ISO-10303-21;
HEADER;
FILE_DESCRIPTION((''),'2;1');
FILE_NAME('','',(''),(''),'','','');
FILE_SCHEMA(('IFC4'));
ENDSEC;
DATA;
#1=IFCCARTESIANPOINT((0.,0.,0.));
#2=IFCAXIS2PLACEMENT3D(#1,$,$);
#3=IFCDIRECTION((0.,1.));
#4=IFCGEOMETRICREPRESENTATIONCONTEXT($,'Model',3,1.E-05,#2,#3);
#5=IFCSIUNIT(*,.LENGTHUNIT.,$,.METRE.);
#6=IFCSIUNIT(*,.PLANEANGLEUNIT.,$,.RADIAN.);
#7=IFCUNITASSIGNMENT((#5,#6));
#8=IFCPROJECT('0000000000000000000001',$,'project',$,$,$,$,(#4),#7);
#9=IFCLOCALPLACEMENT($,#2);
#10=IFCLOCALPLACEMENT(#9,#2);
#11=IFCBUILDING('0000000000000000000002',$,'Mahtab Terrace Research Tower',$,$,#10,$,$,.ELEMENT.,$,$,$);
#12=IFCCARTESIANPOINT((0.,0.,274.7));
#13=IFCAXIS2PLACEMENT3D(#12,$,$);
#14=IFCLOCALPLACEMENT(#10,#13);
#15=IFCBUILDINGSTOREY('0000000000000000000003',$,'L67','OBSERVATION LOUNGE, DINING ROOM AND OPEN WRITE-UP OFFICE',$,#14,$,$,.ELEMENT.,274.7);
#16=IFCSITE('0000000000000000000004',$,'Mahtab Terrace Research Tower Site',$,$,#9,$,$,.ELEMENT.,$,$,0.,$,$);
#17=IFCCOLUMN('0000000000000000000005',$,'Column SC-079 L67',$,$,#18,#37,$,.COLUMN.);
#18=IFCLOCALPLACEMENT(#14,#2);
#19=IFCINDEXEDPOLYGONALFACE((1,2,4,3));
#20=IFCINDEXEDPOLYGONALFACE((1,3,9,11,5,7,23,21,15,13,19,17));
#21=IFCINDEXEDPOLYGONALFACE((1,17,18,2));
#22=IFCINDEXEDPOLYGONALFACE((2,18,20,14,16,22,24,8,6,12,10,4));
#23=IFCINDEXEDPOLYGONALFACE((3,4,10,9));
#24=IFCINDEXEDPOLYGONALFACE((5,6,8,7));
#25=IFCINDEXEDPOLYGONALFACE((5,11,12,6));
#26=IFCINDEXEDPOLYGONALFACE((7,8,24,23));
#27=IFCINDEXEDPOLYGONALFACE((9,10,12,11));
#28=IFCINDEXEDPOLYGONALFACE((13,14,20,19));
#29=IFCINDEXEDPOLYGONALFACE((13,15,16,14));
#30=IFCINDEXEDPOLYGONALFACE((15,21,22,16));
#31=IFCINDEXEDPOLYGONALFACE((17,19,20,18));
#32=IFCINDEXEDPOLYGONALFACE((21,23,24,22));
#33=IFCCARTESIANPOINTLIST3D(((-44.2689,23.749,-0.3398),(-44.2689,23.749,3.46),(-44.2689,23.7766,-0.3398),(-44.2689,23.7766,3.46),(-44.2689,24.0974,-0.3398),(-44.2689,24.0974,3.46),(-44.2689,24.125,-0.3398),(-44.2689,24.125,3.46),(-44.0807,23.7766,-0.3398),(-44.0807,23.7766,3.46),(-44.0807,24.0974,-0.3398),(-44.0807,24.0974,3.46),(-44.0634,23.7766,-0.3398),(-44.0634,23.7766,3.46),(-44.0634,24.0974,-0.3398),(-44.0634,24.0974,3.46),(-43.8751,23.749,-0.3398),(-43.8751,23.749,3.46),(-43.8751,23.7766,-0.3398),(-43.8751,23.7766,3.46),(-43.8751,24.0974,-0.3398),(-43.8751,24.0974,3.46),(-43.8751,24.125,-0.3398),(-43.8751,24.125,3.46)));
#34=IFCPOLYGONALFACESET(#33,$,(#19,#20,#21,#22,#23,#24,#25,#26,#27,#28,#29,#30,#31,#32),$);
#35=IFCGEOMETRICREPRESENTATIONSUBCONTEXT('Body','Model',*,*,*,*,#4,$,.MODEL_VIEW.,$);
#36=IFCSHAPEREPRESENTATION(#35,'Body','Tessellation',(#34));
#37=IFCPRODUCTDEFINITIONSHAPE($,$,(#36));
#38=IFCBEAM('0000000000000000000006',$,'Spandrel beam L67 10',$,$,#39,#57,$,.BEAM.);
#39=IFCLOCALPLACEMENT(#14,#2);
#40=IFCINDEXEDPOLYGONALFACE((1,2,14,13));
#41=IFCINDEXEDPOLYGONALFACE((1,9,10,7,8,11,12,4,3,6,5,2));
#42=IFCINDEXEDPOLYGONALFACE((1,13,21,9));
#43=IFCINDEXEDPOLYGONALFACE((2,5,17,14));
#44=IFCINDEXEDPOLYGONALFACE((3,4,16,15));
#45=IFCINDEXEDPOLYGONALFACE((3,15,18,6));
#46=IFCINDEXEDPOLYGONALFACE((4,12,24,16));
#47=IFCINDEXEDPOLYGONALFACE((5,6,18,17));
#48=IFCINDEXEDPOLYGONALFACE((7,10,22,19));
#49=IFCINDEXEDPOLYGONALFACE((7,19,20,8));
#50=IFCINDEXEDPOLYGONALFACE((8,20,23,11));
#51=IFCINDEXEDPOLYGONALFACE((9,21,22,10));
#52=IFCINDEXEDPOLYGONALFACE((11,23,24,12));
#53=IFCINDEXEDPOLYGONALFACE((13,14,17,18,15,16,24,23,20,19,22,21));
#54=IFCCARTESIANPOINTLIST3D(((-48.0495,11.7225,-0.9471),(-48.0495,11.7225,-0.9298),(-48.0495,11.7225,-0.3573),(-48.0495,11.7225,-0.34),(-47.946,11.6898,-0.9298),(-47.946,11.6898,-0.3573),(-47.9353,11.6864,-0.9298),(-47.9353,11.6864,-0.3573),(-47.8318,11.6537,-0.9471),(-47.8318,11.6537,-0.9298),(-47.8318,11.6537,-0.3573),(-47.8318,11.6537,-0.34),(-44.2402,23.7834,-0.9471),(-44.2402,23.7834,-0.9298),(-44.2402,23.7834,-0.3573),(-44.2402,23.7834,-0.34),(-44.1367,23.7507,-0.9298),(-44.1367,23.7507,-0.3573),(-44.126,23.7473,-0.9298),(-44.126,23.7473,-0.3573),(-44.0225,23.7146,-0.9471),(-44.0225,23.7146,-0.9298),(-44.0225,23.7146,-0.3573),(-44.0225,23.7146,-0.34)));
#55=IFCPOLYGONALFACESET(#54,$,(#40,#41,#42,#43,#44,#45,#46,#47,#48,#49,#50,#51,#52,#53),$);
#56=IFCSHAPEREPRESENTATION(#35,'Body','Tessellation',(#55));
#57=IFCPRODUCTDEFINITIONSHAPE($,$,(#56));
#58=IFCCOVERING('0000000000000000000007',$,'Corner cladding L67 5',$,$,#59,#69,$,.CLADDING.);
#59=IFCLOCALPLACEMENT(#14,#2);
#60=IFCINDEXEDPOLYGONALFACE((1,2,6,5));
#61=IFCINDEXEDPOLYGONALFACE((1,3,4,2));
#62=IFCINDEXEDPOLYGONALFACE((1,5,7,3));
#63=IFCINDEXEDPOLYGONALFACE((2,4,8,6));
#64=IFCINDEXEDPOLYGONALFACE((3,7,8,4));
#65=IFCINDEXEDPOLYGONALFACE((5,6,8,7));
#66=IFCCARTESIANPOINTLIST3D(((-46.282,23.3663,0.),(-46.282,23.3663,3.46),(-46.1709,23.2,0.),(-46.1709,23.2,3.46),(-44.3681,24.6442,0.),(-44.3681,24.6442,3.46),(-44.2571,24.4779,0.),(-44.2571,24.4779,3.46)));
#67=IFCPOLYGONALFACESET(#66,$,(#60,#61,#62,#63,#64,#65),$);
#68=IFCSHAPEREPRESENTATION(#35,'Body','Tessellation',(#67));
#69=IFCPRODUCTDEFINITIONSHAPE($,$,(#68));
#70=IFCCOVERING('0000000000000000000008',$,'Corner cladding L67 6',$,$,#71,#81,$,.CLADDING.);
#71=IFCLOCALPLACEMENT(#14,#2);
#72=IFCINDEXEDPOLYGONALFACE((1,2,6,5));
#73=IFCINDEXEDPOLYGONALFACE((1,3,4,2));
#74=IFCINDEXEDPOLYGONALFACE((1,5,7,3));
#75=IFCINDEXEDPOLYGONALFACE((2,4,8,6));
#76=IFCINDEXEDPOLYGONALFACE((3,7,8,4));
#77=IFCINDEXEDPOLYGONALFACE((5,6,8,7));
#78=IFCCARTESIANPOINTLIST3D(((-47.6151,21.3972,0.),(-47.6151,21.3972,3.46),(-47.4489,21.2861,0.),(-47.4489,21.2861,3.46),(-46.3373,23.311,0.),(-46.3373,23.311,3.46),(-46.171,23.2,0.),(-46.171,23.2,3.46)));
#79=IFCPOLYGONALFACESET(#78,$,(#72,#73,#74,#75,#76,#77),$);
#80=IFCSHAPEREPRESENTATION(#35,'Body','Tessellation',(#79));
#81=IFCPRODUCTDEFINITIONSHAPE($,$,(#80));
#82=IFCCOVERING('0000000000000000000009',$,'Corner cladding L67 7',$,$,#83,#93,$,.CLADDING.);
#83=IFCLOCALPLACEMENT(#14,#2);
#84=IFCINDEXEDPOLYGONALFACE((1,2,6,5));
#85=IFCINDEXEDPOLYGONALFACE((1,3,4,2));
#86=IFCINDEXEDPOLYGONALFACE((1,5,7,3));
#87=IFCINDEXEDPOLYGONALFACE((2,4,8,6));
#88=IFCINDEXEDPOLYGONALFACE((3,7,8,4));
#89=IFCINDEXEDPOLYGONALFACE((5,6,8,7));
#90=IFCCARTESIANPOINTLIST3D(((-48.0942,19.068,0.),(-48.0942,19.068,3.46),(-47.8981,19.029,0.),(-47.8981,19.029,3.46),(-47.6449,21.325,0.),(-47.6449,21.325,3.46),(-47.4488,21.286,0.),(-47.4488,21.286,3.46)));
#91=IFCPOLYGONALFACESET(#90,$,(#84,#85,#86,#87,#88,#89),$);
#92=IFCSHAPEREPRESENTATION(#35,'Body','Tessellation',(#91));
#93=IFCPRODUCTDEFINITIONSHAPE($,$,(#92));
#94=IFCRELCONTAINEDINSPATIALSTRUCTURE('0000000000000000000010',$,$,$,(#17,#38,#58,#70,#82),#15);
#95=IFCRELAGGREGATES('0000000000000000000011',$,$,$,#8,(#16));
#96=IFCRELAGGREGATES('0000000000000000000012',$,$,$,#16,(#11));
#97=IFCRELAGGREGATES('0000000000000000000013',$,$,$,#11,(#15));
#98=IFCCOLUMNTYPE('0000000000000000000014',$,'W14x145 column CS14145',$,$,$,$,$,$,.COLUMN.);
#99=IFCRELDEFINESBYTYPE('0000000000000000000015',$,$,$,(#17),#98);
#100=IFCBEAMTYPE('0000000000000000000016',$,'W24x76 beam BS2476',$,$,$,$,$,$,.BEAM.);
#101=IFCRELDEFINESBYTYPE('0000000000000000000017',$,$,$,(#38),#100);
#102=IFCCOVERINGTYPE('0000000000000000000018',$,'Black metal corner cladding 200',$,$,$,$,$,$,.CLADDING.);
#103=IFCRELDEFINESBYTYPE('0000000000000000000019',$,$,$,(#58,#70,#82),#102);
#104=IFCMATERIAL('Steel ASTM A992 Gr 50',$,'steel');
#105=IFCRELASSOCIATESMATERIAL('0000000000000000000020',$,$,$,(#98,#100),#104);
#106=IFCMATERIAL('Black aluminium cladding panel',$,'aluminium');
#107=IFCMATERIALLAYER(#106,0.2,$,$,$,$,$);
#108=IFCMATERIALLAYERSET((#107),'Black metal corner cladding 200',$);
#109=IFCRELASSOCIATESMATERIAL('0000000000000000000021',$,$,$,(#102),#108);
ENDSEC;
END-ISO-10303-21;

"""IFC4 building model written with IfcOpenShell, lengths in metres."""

from ifc_helpers import new_model, si_unit, direction, frame, origin, origin_2d, place, context, subcontext, project, spatial, rectangle, i_section, extrude, material, layer, layer_set, material_profile, profile_set, type_object, element, save


model = new_model("IFC4")

# Units and contexts
model_context = context("Model", 3, precision=1e-05, world=origin(), true_north=direction((0.0, 1.0)))
body_context = subcontext(model_context, "Body", "Model", "MODEL_VIEW")
ifc_project = project(units=[si_unit("LENGTHUNIT", "METRE"), si_unit("PLANEANGLEUNIT", "RADIAN")], contexts=[model_context])

# Site, building, storey
site_placement = place(None, origin())
site = spatial("IfcSite", under=ifc_project, at=site_placement, Name="Mahtab Terrace Research Tower Site", CompositionType="ELEMENT", RefElevation=0.0)
building_placement = place(site_placement, origin())
building = spatial("IfcBuilding", under=site, at=building_placement, Name="Mahtab Terrace Research Tower", CompositionType="ELEMENT")
storey_placement = place(building_placement, frame((0.0, 0.0, 274.7)))
storey = spatial("IfcBuildingStorey", under=building, at=storey_placement, Name="L67", Description="OBSERVATION LOUNGE, DINING ROOM AND OPEN WRITE-UP OFFICE", CompositionType="ELEMENT", Elevation=274.7)

# Column
ifc_material_1 = material(Name="Steel ASTM A992 Gr 50", Category="steel")
ifc_material_profile_1 = material_profile(ifc_material_1, i_section(OverallWidth=0.3938, OverallDepth=0.376, WebThickness=0.0173, FlangeThickness=0.0276, at=origin_2d()), Name="W14X145")
ifc_profile_set_1 = profile_set([ifc_material_profile_1], Name="Steel ASTM A992 Gr 50")
column_type = type_object("IfcColumnType", Name="W14x145 column CS14145", PredefinedType="COLUMN", material=ifc_profile_set_1)
column_placement = place(storey_placement, frame((-44.072, 23.937, -0.3398), z_axis=(0.0, 0.0, 1.0), x_axis=(1.0, 0.0, 0.0)))
element("IfcColumn", 1, at=column_placement, inside=storey, type_object=column_type, Name="Column SC-079 L67", PredefinedType="COLUMN", context=body_context, shape_type="SweptSolid", body=[
    extrude(i_section(OverallWidth=0.3938, OverallDepth=0.376, WebThickness=0.0173, FlangeThickness=0.0276, at=origin_2d()), origin(), (0.0, 0.0, 1.0), 3.7998),
])

# Beam
ifc_material_profile_2 = material_profile(ifc_material_1, i_section(OverallWidth=0.2283, OverallDepth=0.6072, WebThickness=0.0112, FlangeThickness=0.0173, at=origin_2d()), Name="W24X76")
ifc_profile_set_2 = profile_set([ifc_material_profile_2], Name="Steel ASTM A992 Gr 50")
beam_type = type_object("IfcBeamType", Name="W24x76 beam BS2476", PredefinedType="BEAM", material=ifc_profile_set_2)
beam_placement = place(storey_placement, frame((-44.1313, 23.749, -0.6436), z_axis=(-0.301173, -0.95357, 0.0), x_axis=(0.95357, -0.301173, 0.0)))
element("IfcBeam", 2, at=beam_placement, inside=storey, type_object=beam_type, Name="Spandrel beam L67 10", PredefinedType="BEAM", context=body_context, shape_type="SweptSolid", body=[
    extrude(i_section(OverallWidth=0.2283, OverallDepth=0.6072, WebThickness=0.0112, FlangeThickness=0.0173, at=origin_2d()), origin(), (0.0, 0.0, 1.0), 12.6482),
])

# Coverings
ifc_material_2 = material(Name="Black aluminium cladding panel", Category="aluminium")
ifc_layer = layer(ifc_material_2, 0.2)
ifc_layer_set = layer_set([ifc_layer], Name="Black metal corner cladding 200")
covering_type = type_object("IfcCoveringType", Name="Black metal corner cladding 200", PredefinedType="CLADDING", material=ifc_layer_set)
for number, where, z_axis, x_axis, name in (
    (3, (-45.2695, 23.9221, 0.0), (0.0, 0.0, 1.0), (-0.831656, -0.555291, 0.0), "Corner cladding L67 5"),
    (4, (-46.8931, 22.2986, 0.0), (0.0, 0.0, 1.0), (-0.555291, -0.831656, 0.0), "Corner cladding L67 6"),
    (5, (-47.7715, 20.177, 0.0), (0.0, 0.0, 1.0), (-0.195212, -0.980761, 0.0), "Corner cladding L67 7"),
):
    element("IfcCovering", number, at=place(storey_placement, frame(where, z_axis=z_axis, x_axis=x_axis)), inside=storey, type_object=covering_type, Name=name, PredefinedType="CLADDING", context=body_context, shape_type="SweptSolid", body=[
        extrude(rectangle(XDim=2.3013, YDim=0.2, at=origin_2d()), origin(), (0.0, 0.0, 1.0), 3.46),
    ])

save(model, "model.ifc")
